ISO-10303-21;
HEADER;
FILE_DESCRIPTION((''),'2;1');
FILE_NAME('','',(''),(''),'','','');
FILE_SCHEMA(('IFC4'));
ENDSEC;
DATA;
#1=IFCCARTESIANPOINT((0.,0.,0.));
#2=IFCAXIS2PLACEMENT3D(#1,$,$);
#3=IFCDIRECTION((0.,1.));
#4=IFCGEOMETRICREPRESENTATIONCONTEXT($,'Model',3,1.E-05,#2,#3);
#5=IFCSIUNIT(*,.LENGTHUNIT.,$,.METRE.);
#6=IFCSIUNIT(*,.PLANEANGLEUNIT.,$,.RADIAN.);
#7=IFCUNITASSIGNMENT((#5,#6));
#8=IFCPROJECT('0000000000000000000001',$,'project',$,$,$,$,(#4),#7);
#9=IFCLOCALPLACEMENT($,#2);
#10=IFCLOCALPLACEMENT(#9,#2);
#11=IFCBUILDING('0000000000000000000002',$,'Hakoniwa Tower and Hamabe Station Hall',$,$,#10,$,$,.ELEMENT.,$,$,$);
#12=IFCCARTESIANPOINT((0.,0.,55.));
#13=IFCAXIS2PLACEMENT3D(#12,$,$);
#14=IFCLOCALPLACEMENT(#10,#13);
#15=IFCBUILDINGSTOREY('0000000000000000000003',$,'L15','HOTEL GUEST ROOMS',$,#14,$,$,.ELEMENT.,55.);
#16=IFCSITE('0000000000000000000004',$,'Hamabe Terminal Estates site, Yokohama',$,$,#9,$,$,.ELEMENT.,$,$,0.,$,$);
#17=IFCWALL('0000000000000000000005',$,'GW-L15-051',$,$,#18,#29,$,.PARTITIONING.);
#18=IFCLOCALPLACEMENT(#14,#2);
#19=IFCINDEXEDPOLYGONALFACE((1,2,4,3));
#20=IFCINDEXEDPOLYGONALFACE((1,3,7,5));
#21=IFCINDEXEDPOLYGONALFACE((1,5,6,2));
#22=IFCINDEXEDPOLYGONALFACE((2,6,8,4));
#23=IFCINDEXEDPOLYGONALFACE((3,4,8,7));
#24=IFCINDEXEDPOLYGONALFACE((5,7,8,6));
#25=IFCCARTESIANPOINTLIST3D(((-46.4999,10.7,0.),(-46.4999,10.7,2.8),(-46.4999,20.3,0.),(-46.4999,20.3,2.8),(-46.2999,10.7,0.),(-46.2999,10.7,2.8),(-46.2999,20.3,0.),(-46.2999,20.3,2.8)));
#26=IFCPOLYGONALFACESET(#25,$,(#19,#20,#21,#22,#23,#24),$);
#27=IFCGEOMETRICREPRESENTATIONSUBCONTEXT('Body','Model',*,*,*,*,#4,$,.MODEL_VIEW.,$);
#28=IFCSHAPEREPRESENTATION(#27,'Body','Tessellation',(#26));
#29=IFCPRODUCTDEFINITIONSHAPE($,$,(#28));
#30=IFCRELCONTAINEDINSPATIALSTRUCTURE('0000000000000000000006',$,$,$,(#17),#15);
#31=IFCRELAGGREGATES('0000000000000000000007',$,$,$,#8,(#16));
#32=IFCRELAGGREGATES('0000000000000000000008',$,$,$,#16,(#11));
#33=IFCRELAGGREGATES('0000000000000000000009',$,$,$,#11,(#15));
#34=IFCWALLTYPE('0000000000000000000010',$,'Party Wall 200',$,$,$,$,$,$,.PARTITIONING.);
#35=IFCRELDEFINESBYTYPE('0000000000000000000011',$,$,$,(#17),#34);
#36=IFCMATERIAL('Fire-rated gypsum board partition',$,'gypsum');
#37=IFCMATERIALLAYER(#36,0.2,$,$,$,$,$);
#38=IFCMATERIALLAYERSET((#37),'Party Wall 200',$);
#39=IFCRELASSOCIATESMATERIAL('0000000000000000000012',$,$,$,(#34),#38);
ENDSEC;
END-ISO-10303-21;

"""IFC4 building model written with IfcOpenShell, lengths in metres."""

from ifc_helpers import new_model, si_unit, direction, frame, frame_2d, origin, place, context, subcontext, project, spatial, rectangle, extrude, material, layer, layer_set, type_object, element, save


model = new_model("IFC4")

# Units and contexts
model_context = context("Model", 3, precision=1e-05, world=origin(), true_north=direction((0.0, 1.0)))
body_context = subcontext(model_context, "Body", "Model", "MODEL_VIEW")
ifc_project = project(units=[si_unit("LENGTHUNIT", "METRE"), si_unit("PLANEANGLEUNIT", "RADIAN")], contexts=[model_context])

# Site, building, storey
site_placement = place(None, origin())
site = spatial("IfcSite", under=ifc_project, at=site_placement, Name="Hamabe Terminal Estates site, Yokohama", CompositionType="ELEMENT", RefElevation=0.0)
building_placement = place(site_placement, origin())
building = spatial("IfcBuilding", under=site, at=building_placement, Name="Hakoniwa Tower and Hamabe Station Hall", CompositionType="ELEMENT")
storey_placement = place(building_placement, frame((0.0, 0.0, 55.0)))
storey = spatial("IfcBuildingStorey", under=building, at=storey_placement, Name="L15", Description="HOTEL GUEST ROOMS", CompositionType="ELEMENT", Elevation=55.0)

# Wall
ifc_material_1 = material(Name="Fire-rated gypsum board partition", Category="gypsum")
ifc_layer_1 = layer(ifc_material_1, 0.2)
ifc_layer_set_1 = layer_set([ifc_layer_1], Name="Party Wall 200")
wall_type_1 = type_object("IfcWallType", Name="Party Wall 200", PredefinedType="PARTITIONING", material=ifc_layer_set_1)
wall_1_placement = place(storey_placement, frame((-46.3999, 10.7, 0.0), z_axis=(0.0, 0.0, 1.0), x_axis=(0.0, 1.0, 0.0)))
element("IfcWall", 1, at=wall_1_placement, inside=storey, type_object=wall_type_1, Name="GW-L15-051", PredefinedType="PARTITIONING", context=body_context, shape_type="SweptSolid", body=[
    extrude(rectangle(XDim=9.6001, YDim=0.2, at=frame_2d((4.8, 0.0))), origin(), (0.0, 0.0, 1.0), 2.8),
])

save(model, "model.ifc")
